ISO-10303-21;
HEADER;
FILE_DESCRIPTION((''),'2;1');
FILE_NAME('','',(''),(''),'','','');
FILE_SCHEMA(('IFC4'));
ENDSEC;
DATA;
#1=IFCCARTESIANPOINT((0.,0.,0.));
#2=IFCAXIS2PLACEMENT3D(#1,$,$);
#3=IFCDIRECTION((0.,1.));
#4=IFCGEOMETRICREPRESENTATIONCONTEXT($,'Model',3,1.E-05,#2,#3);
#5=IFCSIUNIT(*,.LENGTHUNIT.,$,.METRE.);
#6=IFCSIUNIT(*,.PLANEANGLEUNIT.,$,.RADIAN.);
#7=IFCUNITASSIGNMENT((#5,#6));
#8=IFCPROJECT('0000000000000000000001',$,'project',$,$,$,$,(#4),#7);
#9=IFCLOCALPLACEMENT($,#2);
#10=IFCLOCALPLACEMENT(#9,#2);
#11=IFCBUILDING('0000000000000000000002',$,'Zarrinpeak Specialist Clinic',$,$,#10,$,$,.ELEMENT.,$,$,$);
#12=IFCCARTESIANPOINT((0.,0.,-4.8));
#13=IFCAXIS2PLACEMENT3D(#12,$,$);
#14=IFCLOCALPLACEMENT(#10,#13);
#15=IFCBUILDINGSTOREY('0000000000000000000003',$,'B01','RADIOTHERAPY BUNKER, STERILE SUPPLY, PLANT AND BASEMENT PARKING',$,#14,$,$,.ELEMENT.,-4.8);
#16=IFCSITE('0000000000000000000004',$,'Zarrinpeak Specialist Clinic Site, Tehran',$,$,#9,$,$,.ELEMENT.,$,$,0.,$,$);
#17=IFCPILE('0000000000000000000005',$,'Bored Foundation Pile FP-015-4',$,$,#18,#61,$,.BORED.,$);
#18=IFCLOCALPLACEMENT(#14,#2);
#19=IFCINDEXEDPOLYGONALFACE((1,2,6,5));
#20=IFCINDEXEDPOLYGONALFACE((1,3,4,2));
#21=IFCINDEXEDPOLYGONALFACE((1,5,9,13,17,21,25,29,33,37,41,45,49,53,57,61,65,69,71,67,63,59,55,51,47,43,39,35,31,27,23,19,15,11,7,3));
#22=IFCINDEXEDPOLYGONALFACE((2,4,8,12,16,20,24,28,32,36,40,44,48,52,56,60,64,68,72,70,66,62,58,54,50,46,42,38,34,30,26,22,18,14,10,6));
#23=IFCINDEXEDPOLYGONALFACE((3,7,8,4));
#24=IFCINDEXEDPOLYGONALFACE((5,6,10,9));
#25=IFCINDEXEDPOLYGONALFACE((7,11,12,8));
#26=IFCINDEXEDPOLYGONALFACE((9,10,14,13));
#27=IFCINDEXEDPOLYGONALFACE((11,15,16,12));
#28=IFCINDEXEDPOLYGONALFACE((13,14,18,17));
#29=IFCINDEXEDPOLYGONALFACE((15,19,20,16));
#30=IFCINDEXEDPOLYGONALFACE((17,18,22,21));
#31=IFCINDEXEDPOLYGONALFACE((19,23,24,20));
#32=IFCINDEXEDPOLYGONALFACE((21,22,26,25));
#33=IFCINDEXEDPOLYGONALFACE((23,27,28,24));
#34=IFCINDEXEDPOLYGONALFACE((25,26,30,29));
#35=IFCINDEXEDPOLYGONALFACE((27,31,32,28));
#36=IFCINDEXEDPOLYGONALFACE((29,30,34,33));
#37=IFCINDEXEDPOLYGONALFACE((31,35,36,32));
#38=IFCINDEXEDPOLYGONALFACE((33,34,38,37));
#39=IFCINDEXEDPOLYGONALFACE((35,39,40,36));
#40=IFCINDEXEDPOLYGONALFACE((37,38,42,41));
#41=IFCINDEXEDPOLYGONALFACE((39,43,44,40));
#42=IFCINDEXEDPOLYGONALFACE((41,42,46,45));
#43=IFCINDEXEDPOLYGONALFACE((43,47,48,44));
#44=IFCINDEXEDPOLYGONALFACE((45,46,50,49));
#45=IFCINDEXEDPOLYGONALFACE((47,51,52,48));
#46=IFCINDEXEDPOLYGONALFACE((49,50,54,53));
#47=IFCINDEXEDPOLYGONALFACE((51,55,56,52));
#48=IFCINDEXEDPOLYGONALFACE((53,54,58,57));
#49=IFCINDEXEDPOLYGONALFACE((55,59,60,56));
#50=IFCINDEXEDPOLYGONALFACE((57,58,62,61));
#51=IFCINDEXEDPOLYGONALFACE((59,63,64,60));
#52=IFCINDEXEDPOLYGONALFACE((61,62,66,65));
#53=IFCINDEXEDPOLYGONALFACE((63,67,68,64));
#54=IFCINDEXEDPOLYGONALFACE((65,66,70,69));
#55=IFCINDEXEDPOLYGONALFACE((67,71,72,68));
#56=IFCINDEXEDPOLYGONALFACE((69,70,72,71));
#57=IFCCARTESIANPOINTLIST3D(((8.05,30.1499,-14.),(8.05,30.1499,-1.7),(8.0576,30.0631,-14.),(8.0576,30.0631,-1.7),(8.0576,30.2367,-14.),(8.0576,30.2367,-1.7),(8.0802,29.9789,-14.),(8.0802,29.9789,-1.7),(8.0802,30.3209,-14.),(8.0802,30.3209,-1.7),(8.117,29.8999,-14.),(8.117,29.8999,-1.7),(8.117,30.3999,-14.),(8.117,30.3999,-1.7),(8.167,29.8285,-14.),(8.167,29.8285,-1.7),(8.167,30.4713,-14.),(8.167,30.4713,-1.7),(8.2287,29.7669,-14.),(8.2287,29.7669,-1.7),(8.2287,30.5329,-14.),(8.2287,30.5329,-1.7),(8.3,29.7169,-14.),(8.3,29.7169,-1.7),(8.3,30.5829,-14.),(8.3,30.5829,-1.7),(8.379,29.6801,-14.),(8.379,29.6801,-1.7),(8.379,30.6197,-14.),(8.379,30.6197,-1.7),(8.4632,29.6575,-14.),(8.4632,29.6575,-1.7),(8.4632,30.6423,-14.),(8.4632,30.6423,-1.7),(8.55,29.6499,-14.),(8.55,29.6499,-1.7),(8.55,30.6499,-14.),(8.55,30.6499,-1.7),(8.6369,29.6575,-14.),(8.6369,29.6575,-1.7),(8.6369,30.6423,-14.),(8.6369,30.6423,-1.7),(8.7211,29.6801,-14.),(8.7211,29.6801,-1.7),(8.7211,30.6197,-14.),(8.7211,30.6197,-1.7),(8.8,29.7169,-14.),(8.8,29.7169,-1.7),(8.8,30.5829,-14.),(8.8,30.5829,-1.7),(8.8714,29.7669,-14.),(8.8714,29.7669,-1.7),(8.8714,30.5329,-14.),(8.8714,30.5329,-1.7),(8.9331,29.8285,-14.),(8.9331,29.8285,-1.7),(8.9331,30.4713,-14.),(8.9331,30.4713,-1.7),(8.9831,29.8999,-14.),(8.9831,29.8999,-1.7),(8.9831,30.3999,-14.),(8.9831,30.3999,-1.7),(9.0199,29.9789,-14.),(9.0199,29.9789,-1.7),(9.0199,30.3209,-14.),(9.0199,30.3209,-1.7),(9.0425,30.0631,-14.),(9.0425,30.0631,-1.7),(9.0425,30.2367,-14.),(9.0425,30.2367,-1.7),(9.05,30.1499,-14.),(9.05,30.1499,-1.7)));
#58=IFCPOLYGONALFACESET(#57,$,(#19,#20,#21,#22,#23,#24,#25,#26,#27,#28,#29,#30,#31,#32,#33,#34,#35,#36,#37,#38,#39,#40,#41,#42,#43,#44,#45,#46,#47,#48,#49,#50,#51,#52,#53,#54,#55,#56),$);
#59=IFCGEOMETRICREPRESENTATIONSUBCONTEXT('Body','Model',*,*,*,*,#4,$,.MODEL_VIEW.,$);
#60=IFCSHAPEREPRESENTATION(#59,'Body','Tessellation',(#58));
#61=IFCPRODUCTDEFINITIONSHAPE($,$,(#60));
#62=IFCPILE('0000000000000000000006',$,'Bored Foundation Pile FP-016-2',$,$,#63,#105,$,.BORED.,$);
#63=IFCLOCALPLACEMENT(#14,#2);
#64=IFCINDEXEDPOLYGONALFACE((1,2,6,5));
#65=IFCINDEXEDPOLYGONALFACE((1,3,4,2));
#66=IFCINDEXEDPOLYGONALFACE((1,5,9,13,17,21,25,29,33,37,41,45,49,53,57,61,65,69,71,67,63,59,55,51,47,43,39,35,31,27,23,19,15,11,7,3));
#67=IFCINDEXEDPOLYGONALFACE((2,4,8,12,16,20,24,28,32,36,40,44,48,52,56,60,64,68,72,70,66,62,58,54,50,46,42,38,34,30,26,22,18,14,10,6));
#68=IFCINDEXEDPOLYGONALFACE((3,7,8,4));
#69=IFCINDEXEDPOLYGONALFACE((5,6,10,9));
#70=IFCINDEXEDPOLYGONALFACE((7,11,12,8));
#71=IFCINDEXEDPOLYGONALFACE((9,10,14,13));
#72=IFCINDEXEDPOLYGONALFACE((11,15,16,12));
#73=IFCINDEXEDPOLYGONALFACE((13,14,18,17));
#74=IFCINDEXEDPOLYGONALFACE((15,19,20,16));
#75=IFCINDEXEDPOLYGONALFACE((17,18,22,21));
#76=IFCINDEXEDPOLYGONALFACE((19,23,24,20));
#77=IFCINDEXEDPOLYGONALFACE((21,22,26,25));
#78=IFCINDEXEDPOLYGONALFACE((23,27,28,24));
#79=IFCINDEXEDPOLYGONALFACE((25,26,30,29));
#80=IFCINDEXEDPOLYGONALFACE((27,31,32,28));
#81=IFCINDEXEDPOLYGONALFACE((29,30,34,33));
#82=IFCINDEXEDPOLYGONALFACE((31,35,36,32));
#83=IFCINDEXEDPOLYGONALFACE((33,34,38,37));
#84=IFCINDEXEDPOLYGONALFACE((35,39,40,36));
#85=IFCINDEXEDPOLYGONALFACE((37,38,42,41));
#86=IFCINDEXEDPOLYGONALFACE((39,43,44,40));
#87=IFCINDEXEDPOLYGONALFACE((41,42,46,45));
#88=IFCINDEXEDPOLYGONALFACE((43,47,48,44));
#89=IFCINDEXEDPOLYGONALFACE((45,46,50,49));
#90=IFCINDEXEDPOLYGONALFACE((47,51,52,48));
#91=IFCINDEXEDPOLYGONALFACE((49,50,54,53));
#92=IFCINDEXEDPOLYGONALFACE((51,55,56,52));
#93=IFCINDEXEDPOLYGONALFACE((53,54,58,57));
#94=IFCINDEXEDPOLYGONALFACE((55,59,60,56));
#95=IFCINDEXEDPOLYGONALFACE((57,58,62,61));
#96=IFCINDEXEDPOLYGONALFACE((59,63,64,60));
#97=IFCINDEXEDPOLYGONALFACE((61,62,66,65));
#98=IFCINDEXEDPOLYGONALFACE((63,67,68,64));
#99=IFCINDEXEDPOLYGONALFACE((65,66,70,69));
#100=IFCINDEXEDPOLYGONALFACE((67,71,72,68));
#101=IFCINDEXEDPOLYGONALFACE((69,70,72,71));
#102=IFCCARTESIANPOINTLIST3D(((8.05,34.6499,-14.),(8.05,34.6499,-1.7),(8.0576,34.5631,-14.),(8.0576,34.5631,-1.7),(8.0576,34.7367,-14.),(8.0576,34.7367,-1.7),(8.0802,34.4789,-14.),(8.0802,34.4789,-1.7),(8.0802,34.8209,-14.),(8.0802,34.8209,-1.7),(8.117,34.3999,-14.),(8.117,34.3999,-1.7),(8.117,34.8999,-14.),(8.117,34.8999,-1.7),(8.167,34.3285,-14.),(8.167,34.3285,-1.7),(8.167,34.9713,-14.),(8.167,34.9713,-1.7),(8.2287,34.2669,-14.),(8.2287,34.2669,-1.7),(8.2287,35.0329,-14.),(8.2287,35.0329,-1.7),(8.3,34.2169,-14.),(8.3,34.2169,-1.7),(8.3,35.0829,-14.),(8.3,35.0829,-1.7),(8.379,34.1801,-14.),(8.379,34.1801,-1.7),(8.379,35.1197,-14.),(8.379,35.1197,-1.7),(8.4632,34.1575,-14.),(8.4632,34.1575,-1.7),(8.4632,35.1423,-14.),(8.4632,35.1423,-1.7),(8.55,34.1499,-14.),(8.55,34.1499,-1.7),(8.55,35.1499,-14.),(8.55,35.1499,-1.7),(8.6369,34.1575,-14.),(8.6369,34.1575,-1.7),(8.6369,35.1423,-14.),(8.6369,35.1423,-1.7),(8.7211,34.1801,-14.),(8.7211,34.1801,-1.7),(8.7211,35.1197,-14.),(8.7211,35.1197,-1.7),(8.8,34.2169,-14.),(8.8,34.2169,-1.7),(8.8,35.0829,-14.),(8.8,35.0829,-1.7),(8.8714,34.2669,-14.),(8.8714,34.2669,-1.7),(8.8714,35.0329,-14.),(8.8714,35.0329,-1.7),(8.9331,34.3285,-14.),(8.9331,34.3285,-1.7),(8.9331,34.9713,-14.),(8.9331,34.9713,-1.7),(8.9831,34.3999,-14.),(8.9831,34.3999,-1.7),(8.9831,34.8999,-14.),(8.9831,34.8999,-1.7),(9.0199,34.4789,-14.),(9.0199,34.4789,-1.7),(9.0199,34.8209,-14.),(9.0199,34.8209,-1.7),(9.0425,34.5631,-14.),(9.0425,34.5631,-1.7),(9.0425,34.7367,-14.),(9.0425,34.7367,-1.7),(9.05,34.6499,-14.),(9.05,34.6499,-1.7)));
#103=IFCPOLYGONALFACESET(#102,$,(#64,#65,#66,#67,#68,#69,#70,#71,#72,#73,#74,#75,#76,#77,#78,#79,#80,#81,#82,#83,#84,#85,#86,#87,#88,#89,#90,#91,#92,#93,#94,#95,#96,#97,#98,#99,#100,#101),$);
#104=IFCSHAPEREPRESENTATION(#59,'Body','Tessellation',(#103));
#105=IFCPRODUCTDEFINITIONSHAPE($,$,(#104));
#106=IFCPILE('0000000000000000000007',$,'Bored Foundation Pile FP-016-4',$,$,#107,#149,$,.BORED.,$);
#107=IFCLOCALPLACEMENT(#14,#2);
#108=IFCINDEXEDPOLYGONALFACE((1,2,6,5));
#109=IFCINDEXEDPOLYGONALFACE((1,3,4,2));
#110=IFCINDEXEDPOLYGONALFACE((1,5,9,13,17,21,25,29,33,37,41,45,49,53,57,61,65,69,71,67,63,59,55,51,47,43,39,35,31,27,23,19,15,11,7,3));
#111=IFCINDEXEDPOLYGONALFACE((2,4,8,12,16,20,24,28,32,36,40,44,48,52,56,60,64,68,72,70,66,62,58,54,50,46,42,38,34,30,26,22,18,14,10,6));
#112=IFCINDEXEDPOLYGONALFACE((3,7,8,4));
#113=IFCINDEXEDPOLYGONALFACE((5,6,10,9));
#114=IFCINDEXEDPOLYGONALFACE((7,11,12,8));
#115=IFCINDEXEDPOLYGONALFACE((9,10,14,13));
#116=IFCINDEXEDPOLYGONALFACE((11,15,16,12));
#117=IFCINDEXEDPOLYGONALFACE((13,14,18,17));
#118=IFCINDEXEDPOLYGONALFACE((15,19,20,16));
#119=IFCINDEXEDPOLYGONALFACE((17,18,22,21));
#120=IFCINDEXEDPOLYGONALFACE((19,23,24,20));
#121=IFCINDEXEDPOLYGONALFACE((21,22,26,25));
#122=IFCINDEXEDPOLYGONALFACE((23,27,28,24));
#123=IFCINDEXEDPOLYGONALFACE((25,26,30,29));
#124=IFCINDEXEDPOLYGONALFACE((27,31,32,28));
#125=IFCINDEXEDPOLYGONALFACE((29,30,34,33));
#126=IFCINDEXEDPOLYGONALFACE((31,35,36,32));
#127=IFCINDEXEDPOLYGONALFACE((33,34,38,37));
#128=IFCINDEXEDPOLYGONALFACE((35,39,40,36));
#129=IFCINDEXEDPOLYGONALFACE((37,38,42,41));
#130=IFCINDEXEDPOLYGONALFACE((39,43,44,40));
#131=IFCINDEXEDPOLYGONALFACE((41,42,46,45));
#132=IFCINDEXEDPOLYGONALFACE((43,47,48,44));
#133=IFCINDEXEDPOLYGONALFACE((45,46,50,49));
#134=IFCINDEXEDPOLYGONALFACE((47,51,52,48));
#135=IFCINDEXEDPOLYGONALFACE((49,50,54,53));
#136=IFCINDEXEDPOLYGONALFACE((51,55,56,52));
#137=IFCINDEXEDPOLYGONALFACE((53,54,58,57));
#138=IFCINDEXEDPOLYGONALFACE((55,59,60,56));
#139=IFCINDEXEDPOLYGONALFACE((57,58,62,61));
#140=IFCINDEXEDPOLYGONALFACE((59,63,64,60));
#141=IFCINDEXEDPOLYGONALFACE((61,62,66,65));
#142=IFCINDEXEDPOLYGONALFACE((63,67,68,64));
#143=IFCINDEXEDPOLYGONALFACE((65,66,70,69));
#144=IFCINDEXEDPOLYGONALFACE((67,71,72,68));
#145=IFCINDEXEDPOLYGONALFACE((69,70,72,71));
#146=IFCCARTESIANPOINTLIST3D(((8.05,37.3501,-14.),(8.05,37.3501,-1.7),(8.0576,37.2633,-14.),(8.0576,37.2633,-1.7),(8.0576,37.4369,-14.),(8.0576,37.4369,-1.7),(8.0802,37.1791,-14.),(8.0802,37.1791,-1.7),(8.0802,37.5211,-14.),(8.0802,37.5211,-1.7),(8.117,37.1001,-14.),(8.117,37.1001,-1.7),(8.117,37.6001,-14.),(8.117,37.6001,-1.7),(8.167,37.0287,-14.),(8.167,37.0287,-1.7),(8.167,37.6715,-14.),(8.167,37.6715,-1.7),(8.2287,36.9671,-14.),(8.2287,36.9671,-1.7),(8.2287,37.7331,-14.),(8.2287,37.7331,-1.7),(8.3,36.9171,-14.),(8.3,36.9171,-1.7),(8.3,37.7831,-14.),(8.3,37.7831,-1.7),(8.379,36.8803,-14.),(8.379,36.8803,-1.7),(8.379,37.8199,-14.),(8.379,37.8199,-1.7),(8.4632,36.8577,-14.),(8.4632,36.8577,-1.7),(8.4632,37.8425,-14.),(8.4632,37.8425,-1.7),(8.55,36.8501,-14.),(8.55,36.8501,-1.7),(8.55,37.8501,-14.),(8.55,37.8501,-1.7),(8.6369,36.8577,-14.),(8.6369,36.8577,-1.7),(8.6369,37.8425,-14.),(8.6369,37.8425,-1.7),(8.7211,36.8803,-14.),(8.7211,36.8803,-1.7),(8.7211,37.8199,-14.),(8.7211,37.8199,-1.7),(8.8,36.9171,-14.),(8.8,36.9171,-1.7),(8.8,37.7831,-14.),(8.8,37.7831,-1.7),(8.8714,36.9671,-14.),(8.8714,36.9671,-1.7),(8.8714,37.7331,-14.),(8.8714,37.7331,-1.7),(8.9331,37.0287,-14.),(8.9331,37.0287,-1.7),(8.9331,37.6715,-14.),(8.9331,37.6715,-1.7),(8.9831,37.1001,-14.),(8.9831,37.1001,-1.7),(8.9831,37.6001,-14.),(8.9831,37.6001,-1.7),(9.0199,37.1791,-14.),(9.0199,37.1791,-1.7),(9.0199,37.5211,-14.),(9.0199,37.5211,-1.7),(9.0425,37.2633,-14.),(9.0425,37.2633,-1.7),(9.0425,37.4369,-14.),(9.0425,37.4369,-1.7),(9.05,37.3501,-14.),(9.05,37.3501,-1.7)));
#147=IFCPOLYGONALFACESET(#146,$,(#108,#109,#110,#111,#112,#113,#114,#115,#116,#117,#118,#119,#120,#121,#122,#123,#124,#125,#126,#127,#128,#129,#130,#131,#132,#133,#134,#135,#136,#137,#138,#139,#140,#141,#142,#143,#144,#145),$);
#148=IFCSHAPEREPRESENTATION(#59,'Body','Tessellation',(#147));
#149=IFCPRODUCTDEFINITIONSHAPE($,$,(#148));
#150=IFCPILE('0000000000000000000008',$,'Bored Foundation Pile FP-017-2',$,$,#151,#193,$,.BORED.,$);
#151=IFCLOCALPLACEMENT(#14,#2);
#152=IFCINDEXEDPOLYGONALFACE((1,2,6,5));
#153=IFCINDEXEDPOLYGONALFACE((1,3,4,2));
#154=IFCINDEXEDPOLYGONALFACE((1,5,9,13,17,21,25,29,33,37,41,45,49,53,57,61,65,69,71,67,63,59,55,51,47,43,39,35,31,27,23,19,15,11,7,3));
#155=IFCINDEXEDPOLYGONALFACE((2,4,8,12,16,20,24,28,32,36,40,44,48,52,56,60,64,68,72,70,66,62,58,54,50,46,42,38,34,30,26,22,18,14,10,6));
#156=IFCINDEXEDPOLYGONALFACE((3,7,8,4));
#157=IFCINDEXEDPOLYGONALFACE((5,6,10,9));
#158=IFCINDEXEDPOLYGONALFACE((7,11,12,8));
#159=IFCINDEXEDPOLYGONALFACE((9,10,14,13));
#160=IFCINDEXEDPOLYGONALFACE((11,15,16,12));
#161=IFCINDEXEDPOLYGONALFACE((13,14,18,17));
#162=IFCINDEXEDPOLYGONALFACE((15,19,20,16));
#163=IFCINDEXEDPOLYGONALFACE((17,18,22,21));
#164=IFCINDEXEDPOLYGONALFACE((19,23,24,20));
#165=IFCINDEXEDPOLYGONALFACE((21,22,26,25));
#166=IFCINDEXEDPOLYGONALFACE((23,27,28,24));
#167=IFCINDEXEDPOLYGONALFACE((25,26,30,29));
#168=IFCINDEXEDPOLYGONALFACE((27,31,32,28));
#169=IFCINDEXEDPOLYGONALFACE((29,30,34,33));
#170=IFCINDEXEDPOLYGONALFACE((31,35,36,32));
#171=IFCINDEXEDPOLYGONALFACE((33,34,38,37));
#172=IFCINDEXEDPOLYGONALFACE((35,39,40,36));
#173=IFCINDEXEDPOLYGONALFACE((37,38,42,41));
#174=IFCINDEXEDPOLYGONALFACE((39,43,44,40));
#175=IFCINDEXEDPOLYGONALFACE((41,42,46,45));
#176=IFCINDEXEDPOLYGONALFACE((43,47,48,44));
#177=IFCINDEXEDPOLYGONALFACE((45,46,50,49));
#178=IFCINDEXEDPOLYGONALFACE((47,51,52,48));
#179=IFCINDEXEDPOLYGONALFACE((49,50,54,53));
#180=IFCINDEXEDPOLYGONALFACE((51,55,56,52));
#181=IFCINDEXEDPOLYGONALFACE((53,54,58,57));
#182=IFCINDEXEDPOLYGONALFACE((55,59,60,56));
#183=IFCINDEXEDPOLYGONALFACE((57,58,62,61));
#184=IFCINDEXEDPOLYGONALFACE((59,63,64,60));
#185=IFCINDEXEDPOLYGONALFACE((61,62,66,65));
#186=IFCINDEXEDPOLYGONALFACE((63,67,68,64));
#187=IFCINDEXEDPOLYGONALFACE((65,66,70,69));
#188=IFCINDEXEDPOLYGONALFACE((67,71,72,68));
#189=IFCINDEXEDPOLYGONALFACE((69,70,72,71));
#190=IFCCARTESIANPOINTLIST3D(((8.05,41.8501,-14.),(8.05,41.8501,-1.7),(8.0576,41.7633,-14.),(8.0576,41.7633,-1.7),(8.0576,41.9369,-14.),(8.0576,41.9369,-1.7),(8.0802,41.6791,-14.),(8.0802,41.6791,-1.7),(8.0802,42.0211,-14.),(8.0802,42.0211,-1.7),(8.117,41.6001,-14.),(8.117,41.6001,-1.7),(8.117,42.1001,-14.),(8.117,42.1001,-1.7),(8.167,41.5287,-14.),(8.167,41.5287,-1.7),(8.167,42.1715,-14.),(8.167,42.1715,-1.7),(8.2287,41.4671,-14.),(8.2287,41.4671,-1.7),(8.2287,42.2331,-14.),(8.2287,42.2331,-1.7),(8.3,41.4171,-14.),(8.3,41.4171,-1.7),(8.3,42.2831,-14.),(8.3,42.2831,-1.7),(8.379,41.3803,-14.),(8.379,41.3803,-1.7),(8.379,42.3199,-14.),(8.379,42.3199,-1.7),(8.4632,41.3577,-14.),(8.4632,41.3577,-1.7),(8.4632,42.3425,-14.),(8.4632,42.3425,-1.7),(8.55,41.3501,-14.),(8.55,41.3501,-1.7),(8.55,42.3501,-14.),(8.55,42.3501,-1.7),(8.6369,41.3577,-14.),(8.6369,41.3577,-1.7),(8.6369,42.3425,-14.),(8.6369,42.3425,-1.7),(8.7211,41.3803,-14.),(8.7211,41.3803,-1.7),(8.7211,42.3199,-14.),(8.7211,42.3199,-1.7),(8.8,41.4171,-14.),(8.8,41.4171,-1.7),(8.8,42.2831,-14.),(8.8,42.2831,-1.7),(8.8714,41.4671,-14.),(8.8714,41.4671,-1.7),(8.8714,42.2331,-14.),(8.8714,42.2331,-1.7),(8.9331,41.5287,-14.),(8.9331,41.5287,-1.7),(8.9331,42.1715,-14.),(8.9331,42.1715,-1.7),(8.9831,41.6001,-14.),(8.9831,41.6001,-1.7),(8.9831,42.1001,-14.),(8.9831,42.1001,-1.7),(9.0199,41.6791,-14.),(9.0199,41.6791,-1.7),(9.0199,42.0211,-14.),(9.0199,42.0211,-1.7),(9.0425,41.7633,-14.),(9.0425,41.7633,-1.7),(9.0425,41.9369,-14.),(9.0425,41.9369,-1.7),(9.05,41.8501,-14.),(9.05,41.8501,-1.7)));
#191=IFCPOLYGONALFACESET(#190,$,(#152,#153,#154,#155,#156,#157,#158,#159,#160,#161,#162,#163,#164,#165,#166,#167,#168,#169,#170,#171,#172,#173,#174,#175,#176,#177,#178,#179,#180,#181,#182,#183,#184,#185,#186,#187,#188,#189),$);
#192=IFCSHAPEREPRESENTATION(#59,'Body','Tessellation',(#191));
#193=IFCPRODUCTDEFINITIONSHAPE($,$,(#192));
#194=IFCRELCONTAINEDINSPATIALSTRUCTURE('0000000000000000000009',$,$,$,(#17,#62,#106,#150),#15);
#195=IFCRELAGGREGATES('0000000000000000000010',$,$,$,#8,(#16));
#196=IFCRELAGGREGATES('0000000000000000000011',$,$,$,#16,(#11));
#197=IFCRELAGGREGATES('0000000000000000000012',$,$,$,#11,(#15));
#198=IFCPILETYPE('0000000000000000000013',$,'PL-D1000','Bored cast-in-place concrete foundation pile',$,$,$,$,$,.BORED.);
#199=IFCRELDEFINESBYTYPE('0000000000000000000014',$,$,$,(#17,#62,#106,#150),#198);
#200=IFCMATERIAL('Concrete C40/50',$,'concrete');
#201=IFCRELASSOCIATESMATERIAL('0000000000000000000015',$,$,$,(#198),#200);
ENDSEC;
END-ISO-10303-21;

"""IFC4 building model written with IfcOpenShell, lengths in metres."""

from ifc_helpers import new_model, si_unit, direction, frame, origin, origin_2d, place, context, subcontext, project, spatial, circle, extrude, material, material_profile, profile_set, type_object, element, save


model = new_model("IFC4")

# Units and contexts
model_context = context("Model", 3, precision=1e-05, world=origin(), true_north=direction((0.0, 1.0)))
body_context = subcontext(model_context, "Body", "Model", "MODEL_VIEW")
ifc_project = project(units=[si_unit("LENGTHUNIT", "METRE"), si_unit("PLANEANGLEUNIT", "RADIAN")], contexts=[model_context])

# Site, building, storey
site_placement = place(None, origin())
site = spatial("IfcSite", under=ifc_project, at=site_placement, Name="Zarrinpeak Specialist Clinic Site, Tehran", CompositionType="ELEMENT", RefElevation=0.0)
building_placement = place(site_placement, origin())
building = spatial("IfcBuilding", under=site, at=building_placement, Name="Zarrinpeak Specialist Clinic", CompositionType="ELEMENT")
storey_placement = place(building_placement, frame((0.0, 0.0, -4.8)))
storey = spatial("IfcBuildingStorey", under=building, at=storey_placement, Name="B01", Description="RADIOTHERAPY BUNKER, STERILE SUPPLY, PLANT AND BASEMENT PARKING", CompositionType="ELEMENT", Elevation=-4.8)

# Shared definitions
ifc_material_1 = material(Name="Concrete C40/50", Category="concrete")

# Piles
ifc_material_profile_1 = material_profile(ifc_material_1, circle(Radius=0.5, at=origin_2d()), Name="BORED PILE D1000")
ifc_profile_set_1 = profile_set([ifc_material_profile_1], Name="Concrete C40/50")
pile_type = type_object("IfcPileType", Name="PL-D1000", Description="Bored cast-in-place concrete foundation pile", PredefinedType="BORED", material=ifc_profile_set_1)
for number, where, z_axis, x_axis, name in (
    (1, (8.55, 30.1499, -1.7), (0.0, 0.0, -1.0), (1.0, 0.0, 0.0), "Bored Foundation Pile FP-015-4"),
    (2, (8.55, 34.6499, -1.7), (0.0, 0.0, -1.0), (1.0, 0.0, 0.0), "Bored Foundation Pile FP-016-2"),
    (3, (8.55, 37.3501, -1.7), (0.0, 0.0, -1.0), (1.0, 0.0, 0.0), "Bored Foundation Pile FP-016-4"),
    (4, (8.55, 41.8501, -1.7), (0.0, 0.0, -1.0), (1.0, 0.0, 0.0), "Bored Foundation Pile FP-017-2"),
):
    element("IfcPile", number, at=place(storey_placement, frame(where, z_axis=z_axis, x_axis=x_axis)), inside=storey, type_object=pile_type, Name=name, PredefinedType="BORED", context=body_context, shape_type="SweptSolid", body=[
        extrude(circle(Radius=0.5, at=origin_2d()), origin(), (0.0, 0.0, 1.0), 12.3),
    ])

save(model, "model.ifc")
